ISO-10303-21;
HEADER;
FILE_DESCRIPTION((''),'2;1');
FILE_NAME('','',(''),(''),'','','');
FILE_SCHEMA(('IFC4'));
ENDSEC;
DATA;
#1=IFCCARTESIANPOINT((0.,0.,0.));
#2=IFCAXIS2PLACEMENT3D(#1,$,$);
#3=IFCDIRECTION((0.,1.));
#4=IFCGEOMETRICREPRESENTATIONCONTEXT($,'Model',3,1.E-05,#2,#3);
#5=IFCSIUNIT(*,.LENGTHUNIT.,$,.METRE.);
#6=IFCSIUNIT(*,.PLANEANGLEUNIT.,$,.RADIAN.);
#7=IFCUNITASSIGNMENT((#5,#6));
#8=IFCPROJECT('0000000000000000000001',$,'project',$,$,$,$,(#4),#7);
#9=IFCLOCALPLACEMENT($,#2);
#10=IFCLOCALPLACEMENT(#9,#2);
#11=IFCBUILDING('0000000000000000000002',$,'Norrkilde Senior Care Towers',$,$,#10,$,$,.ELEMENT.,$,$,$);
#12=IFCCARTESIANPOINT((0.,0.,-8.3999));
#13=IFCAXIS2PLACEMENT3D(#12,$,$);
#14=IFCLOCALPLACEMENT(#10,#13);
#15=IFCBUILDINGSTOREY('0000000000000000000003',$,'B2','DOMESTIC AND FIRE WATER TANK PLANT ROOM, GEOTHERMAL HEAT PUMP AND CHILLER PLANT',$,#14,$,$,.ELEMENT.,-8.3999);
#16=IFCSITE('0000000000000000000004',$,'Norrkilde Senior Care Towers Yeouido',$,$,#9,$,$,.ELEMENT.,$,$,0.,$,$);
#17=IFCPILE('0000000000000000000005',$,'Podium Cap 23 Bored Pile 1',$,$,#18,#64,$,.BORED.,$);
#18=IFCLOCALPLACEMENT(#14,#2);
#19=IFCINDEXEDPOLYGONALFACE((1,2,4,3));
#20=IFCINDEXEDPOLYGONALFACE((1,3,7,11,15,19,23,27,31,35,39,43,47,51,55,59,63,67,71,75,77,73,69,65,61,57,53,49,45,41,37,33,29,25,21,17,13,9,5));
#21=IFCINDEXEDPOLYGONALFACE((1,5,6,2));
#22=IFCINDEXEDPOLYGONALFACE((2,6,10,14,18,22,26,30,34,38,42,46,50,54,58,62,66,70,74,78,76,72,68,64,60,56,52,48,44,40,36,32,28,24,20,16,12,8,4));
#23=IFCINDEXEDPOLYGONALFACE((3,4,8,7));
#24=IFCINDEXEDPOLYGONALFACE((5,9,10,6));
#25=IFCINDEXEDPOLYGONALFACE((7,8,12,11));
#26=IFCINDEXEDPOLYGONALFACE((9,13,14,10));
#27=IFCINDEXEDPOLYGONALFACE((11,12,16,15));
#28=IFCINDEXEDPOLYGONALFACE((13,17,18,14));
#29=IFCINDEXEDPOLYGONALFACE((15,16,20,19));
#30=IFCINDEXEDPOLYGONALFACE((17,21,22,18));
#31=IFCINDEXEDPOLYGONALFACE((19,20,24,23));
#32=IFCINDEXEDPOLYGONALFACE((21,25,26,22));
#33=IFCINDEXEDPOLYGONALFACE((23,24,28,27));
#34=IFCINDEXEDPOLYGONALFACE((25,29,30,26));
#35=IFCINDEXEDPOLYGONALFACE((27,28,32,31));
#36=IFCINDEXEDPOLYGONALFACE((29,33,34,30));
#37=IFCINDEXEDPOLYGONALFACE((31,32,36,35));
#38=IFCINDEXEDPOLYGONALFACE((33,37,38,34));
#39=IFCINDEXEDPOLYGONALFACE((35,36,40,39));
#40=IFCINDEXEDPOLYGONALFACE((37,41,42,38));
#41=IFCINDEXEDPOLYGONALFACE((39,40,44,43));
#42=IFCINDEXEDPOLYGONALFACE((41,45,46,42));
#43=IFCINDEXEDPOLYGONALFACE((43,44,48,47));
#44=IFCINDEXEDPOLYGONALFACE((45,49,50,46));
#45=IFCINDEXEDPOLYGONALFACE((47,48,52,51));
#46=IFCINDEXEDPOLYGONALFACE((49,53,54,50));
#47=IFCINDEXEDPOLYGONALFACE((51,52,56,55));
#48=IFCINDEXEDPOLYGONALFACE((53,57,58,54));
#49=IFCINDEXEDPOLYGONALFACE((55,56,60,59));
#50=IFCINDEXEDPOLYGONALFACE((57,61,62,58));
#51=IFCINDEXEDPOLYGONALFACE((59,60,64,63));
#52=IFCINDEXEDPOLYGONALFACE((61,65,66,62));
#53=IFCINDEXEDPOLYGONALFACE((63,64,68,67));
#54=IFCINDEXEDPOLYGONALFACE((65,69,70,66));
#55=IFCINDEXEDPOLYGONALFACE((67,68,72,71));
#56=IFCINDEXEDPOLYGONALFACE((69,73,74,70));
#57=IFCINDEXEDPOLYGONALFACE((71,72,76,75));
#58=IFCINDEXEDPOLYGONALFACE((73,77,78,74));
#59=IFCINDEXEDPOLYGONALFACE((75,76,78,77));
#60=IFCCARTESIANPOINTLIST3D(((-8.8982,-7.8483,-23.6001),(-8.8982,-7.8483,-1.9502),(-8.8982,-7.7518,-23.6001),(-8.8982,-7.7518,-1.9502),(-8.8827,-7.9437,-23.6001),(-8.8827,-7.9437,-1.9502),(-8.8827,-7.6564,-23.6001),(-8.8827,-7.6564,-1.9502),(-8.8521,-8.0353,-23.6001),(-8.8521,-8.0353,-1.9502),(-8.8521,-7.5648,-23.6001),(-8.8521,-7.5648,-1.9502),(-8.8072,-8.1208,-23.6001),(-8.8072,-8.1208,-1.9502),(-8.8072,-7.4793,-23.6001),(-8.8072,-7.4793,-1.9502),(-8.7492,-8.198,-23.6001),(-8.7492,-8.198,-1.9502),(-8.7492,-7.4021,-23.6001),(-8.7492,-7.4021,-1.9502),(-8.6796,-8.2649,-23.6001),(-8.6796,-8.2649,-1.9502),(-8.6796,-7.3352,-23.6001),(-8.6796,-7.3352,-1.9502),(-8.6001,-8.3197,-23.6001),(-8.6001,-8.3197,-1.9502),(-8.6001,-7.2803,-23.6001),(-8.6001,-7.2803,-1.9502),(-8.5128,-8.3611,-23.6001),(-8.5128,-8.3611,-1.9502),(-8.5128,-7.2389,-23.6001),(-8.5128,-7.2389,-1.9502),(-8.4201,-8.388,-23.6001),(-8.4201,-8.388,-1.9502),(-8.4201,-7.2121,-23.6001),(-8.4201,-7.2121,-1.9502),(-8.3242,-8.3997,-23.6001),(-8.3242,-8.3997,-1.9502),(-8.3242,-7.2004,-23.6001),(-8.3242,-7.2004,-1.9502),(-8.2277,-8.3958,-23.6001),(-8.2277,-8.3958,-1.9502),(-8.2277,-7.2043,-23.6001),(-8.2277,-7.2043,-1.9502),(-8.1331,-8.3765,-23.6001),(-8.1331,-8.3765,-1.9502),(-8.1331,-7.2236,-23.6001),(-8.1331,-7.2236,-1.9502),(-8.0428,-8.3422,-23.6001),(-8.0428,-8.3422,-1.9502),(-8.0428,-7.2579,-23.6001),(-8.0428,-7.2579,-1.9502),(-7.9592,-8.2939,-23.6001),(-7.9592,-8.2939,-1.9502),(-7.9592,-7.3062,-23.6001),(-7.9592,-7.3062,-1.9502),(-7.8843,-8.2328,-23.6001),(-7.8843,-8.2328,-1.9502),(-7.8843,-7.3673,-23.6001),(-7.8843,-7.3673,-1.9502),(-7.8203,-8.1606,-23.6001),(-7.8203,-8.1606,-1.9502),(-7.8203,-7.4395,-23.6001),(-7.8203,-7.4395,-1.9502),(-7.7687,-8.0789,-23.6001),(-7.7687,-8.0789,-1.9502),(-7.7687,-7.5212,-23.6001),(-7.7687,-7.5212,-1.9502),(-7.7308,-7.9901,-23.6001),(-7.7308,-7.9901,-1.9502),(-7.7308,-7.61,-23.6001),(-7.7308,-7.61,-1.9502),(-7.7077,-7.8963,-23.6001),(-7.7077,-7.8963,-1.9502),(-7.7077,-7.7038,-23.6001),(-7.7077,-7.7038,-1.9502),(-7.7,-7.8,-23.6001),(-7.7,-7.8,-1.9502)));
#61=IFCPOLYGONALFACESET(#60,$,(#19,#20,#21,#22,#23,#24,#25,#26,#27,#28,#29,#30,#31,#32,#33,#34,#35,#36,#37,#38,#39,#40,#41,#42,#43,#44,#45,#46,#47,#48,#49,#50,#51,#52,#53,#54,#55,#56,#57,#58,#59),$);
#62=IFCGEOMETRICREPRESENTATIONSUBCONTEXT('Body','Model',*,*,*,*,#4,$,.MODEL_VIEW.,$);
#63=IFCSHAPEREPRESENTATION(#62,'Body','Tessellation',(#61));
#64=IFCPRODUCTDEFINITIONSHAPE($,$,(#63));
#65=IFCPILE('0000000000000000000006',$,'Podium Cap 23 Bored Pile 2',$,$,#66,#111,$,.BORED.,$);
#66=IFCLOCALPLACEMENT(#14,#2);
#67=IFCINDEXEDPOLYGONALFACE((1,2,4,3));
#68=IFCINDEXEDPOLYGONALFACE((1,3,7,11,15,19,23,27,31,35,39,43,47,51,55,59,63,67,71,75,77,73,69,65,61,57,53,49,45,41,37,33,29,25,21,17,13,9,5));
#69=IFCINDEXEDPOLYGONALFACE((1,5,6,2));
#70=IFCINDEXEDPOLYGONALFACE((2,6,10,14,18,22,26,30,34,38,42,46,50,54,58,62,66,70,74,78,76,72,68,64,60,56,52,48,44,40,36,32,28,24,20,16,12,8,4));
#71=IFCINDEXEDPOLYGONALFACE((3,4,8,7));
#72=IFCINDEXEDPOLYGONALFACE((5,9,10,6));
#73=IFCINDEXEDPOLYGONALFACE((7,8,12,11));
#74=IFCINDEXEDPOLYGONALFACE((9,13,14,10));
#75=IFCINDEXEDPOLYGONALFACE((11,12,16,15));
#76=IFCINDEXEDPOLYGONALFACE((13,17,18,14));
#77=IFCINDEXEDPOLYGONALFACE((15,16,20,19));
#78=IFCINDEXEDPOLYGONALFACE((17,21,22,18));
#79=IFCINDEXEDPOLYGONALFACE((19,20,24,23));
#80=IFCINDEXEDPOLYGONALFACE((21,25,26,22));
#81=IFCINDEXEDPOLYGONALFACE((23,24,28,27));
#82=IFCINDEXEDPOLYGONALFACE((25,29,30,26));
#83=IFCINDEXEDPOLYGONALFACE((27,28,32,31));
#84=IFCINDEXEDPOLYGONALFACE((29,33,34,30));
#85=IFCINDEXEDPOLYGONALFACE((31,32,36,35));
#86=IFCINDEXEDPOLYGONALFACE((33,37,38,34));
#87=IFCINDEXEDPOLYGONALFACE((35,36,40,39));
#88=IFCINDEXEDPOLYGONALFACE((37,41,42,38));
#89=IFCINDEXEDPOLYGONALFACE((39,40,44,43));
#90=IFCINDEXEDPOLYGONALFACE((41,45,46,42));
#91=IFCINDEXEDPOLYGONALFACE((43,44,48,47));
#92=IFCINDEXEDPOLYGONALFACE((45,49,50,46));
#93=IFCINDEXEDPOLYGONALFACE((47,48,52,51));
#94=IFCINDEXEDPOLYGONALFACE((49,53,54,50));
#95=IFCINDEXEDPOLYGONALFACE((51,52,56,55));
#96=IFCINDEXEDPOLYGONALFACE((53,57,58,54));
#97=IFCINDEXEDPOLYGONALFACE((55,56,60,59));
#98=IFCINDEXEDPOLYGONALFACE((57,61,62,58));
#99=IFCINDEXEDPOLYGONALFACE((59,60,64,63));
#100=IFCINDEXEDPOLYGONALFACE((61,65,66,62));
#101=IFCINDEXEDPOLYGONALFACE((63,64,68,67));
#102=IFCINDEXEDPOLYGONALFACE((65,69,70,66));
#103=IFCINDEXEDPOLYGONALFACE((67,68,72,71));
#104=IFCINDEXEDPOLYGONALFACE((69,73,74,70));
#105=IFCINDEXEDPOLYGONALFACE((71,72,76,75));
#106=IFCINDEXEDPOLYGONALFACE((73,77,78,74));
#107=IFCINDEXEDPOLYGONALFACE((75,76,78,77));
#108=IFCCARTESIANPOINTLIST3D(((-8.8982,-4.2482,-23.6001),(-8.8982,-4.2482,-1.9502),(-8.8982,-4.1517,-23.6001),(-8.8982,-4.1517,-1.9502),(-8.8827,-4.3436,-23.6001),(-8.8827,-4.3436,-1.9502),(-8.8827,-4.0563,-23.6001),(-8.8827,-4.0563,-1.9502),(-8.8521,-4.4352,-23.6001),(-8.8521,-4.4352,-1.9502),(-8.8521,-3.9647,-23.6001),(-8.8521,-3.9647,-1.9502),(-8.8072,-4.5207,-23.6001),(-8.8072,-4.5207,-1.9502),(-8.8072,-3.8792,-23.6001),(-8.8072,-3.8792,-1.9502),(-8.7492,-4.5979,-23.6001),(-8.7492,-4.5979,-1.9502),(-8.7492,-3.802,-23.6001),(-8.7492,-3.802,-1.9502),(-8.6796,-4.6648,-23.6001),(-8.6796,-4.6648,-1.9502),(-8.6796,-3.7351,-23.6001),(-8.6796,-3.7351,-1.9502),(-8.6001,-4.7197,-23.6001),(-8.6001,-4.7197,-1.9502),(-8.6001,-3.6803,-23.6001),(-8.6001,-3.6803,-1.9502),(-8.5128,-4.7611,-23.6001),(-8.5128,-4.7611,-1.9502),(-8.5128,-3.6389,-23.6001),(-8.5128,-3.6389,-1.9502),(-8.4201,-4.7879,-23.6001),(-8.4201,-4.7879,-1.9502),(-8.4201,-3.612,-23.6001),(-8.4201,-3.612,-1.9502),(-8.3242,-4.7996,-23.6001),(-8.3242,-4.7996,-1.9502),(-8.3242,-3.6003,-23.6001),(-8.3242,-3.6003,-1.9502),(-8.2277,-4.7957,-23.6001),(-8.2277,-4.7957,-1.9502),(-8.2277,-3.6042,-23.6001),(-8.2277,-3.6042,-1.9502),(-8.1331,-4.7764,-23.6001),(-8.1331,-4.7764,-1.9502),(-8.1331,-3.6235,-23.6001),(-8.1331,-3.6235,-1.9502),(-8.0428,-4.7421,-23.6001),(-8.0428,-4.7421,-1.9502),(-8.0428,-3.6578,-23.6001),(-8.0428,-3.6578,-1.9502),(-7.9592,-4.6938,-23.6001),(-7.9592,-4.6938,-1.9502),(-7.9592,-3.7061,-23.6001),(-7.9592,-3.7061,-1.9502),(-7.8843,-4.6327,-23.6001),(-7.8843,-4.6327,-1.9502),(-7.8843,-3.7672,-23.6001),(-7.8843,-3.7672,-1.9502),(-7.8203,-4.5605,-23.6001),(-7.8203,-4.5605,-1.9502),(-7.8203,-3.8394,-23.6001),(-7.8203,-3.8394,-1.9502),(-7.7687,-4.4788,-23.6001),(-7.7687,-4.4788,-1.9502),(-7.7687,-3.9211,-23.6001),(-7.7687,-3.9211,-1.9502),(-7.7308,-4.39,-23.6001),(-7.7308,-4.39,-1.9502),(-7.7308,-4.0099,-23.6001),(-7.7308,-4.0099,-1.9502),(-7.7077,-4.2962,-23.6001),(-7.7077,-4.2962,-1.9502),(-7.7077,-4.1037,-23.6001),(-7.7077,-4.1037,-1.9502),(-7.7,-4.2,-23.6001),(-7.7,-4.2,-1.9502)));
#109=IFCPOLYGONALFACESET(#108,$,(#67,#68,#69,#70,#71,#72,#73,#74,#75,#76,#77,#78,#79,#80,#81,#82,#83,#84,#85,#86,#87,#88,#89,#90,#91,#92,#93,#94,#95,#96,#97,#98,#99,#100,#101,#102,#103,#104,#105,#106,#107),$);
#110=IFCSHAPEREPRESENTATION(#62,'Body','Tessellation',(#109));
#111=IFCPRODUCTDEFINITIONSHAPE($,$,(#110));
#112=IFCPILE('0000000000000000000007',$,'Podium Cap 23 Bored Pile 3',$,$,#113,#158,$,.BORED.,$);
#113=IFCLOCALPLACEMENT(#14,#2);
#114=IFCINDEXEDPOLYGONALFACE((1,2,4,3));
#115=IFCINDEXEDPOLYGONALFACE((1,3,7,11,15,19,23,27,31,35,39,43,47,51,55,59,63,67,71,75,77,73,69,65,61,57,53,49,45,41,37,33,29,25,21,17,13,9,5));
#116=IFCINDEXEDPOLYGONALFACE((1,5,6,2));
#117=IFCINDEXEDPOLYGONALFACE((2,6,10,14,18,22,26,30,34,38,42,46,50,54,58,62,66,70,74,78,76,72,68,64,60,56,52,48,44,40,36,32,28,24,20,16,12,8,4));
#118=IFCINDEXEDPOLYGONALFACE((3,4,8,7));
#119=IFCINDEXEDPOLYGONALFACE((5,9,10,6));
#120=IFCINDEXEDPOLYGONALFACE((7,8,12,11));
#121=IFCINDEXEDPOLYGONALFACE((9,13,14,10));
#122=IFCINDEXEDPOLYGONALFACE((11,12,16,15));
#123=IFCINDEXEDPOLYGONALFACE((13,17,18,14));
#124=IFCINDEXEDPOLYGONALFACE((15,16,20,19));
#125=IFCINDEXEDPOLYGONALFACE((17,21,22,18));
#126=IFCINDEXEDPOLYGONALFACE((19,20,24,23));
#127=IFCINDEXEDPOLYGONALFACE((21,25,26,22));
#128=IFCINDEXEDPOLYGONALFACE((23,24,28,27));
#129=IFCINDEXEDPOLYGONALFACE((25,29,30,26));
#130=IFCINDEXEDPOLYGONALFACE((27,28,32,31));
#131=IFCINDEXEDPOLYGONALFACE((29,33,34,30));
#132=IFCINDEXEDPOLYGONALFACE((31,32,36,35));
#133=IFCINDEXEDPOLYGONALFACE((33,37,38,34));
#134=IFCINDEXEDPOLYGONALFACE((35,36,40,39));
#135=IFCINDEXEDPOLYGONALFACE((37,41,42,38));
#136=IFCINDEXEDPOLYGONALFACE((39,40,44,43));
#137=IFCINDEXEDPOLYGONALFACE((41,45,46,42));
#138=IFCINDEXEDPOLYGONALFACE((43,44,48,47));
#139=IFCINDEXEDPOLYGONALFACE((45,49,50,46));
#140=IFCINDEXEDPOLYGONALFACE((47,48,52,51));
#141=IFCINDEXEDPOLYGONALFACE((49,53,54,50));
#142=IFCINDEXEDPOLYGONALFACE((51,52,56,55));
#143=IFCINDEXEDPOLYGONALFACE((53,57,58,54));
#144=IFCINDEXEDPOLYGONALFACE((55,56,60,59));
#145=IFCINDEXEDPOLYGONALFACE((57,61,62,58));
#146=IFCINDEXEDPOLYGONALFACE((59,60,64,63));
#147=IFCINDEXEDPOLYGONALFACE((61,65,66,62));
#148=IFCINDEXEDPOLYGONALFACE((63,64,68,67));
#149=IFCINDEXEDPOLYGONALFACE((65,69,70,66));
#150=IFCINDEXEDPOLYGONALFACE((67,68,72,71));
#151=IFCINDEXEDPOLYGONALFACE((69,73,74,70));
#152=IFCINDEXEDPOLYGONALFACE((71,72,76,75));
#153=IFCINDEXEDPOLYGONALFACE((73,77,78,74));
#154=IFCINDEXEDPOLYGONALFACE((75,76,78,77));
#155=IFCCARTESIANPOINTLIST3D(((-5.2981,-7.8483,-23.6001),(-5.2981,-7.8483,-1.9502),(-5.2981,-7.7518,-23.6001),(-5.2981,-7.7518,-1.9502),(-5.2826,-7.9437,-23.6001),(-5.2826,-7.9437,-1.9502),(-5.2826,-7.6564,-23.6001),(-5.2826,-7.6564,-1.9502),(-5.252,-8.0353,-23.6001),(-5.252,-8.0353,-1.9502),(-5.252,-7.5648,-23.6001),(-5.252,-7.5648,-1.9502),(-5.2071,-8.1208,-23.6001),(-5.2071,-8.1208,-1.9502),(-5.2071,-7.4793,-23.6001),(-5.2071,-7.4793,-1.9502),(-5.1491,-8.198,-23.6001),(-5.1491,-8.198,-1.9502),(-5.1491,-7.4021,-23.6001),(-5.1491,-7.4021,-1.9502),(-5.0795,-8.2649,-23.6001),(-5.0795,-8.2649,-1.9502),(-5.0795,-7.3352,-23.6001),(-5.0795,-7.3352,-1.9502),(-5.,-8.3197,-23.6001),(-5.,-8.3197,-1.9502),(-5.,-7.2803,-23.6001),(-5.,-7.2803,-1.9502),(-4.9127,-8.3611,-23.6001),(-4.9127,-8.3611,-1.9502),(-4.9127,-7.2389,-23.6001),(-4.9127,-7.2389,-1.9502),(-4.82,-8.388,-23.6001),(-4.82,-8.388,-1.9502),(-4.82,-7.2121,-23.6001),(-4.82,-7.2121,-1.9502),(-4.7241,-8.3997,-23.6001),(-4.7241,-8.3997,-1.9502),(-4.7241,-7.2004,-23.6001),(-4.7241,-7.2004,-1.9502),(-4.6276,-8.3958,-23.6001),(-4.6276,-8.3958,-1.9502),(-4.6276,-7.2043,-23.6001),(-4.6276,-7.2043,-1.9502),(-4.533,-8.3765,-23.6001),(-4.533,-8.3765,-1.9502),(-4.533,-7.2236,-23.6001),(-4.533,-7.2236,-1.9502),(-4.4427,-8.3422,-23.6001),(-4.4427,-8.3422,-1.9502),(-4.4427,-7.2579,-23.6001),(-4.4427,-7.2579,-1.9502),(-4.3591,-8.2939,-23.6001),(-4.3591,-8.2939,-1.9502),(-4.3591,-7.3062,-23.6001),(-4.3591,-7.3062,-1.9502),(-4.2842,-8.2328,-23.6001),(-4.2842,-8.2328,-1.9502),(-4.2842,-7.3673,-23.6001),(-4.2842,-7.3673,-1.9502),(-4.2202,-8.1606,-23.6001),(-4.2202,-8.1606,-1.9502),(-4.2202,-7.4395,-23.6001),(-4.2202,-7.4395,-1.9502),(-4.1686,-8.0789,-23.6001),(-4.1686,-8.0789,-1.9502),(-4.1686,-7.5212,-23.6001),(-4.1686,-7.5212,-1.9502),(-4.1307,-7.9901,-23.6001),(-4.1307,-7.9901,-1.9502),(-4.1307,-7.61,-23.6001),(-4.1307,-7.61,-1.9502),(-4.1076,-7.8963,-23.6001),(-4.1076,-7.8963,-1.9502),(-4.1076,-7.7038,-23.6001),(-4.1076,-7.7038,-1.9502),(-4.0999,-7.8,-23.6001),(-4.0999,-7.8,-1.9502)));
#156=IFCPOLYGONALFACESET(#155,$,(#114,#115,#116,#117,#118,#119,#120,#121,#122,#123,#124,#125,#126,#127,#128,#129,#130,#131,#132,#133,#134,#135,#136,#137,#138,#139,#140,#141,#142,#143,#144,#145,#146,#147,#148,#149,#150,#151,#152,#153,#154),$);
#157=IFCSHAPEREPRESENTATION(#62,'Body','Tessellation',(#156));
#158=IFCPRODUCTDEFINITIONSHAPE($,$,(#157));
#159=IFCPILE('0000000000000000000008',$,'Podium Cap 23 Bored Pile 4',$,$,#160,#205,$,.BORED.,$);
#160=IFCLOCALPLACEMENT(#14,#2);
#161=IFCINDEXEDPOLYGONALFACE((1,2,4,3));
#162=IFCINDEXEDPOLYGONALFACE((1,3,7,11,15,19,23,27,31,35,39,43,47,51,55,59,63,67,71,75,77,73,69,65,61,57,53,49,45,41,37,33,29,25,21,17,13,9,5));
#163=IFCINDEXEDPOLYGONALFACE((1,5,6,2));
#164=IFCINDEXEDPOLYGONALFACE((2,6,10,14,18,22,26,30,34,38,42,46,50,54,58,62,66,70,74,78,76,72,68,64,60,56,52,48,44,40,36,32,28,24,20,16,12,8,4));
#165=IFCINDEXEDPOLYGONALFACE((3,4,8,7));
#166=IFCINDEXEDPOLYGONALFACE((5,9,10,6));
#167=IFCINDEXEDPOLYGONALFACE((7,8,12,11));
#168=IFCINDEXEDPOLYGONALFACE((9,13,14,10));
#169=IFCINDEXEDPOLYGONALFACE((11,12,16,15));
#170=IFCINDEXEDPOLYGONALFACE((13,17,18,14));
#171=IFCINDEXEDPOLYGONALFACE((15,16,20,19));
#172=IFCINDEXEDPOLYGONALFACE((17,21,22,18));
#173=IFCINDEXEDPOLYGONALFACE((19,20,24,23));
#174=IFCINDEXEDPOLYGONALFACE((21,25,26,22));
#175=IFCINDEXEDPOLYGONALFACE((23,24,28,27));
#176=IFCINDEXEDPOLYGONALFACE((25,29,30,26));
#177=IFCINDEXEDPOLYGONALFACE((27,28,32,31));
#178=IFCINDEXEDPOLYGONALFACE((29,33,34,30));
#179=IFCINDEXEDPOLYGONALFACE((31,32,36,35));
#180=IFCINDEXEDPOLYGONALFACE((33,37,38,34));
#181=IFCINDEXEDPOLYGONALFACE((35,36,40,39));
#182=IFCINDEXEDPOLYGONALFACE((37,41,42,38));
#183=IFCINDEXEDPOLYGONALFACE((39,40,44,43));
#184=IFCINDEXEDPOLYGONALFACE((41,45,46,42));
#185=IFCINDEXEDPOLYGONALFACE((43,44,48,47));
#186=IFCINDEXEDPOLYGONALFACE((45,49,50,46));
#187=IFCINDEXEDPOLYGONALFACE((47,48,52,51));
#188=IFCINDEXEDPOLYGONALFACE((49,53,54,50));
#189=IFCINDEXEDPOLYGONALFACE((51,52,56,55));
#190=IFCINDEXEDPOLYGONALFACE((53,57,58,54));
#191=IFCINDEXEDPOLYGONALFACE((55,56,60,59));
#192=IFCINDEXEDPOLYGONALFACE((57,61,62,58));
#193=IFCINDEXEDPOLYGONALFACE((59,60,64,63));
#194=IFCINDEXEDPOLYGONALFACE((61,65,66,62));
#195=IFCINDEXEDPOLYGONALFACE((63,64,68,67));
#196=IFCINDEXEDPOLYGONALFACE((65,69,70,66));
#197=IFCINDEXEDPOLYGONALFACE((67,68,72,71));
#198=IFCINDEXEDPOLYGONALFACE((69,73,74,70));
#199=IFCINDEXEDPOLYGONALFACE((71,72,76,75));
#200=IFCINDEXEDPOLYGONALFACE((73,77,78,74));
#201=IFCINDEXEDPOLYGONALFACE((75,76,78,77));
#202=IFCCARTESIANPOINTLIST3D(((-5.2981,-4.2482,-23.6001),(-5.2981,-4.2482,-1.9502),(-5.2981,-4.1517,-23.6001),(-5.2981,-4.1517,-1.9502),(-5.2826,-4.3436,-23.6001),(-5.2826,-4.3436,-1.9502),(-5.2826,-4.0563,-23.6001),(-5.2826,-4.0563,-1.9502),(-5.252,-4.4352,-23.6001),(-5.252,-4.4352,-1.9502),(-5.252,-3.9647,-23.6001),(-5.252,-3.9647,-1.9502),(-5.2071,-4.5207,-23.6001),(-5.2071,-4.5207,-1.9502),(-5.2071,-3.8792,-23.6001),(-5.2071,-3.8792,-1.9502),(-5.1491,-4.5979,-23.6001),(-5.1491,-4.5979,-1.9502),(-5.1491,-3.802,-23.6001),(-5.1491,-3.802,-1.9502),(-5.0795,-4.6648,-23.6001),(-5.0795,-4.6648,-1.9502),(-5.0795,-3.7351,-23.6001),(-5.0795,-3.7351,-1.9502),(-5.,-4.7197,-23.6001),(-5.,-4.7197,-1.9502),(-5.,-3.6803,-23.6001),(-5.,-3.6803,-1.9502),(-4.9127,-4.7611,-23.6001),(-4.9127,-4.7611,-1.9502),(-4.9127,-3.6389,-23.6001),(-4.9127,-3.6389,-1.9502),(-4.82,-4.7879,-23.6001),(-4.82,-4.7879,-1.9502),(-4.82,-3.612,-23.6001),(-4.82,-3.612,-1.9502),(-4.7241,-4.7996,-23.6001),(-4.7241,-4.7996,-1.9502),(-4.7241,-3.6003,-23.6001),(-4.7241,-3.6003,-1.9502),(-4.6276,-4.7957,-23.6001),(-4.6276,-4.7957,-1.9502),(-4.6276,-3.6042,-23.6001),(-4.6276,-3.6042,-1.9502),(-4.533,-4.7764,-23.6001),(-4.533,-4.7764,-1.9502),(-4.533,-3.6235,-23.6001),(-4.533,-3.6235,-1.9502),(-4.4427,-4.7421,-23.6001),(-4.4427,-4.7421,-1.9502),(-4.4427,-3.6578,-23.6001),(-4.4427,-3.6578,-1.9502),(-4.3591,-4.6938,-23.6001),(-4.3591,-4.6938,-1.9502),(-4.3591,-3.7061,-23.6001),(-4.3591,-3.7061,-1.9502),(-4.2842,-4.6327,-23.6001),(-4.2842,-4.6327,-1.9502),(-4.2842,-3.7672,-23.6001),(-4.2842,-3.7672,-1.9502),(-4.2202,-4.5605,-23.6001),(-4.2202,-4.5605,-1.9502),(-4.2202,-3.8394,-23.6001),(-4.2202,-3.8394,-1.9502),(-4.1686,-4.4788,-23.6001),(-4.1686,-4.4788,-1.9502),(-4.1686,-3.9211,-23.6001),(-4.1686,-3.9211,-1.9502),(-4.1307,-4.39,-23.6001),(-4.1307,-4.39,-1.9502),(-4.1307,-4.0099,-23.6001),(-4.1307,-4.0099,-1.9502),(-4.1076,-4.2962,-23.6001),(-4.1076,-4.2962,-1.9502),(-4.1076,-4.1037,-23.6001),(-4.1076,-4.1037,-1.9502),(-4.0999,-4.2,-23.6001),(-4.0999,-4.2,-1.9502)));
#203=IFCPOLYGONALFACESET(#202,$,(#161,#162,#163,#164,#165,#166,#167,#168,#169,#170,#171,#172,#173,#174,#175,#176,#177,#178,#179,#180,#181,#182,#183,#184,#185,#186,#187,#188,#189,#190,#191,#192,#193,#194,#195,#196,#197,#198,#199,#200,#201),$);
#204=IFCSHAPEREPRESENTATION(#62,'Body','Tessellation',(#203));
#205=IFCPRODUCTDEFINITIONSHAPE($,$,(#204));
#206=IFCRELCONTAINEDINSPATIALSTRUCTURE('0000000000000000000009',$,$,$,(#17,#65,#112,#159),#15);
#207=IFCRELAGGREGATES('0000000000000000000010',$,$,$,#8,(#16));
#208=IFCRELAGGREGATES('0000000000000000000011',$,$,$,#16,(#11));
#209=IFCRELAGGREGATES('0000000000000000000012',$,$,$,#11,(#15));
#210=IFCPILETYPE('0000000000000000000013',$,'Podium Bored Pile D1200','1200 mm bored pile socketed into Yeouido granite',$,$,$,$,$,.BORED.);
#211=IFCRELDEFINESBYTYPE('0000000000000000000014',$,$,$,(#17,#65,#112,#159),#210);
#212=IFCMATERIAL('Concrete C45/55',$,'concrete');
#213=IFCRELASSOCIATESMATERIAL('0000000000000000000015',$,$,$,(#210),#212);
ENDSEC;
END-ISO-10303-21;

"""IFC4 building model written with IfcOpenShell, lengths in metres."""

from ifc_helpers import new_model, si_unit, direction, frame, origin, origin_2d, place, context, subcontext, project, spatial, circle, extrude, source, transform, mapped, material, material_profile, profile_set, type_object, type_shapes, element, save


model = new_model("IFC4")

# Units and contexts
model_context = context("Model", 3, precision=1e-05, world=origin(), true_north=direction((0.0, 1.0)))
body_context = subcontext(model_context, "Body", "Model", "MODEL_VIEW")
ifc_project = project(units=[si_unit("LENGTHUNIT", "METRE"), si_unit("PLANEANGLEUNIT", "RADIAN")], contexts=[model_context])

# Site, building, storey
site_placement = place(None, origin())
site = spatial("IfcSite", under=ifc_project, at=site_placement, Name="Norrkilde Senior Care Towers Yeouido", CompositionType="ELEMENT", RefElevation=0.0)
building_placement = place(site_placement, origin())
building = spatial("IfcBuilding", under=site, at=building_placement, Name="Norrkilde Senior Care Towers", CompositionType="ELEMENT")
storey_placement = place(building_placement, frame((0.0, 0.0, -8.3999)))
storey = spatial("IfcBuildingStorey", under=building, at=storey_placement, Name="B2", Description="DOMESTIC AND FIRE WATER TANK PLANT ROOM, GEOTHERMAL HEAT PUMP AND CHILLER PLANT", CompositionType="ELEMENT", Elevation=-8.3999)

# Piles
ifc_material_1 = material(Name="Concrete C45/55", Category="concrete")
ifc_material_profile_1 = material_profile(ifc_material_1, circle(Radius=0.6001, at=origin_2d()), Name="BORED PILE 1200")
ifc_profile_set_1 = profile_set([ifc_material_profile_1], Name="Concrete C45/55")
pile_type_1 = type_object("IfcPileType", Name="Podium Bored Pile D1200", Description="1200 mm bored pile socketed into Yeouido granite", PredefinedType="BORED", material=ifc_profile_set_1)
shared_shape_1 = source(origin(), body_context, "Body", "SweptSolid", [
    extrude(circle(Radius=0.6001, at=origin_2d()), origin(), (0.0, 0.0, 1.0), 21.6499),
])
type_shapes(pile_type_1, [shared_shape_1])
for number, where, z_axis, x_axis, name in (
    (1, (-8.3, -7.8, -1.9502), (0.0, 0.0, -1.0), (1.0, 0.0, 0.0), "Podium Cap 23 Bored Pile 1"),
    (2, (-8.3, -4.2, -1.9502), (0.0, 0.0, -1.0), (1.0, 0.0, 0.0), "Podium Cap 23 Bored Pile 2"),
    (3, (-4.7, -7.8, -1.9502), (0.0, 0.0, -1.0), (1.0, 0.0, 0.0), "Podium Cap 23 Bored Pile 3"),
    (4, (-4.7, -4.2, -1.9502), (0.0, 0.0, -1.0), (1.0, 0.0, 0.0), "Podium Cap 23 Bored Pile 4"),
):
    element("IfcPile", number, at=place(storey_placement, frame(where, z_axis=z_axis, x_axis=x_axis)), inside=storey, type_object=pile_type_1, Name=name, PredefinedType="BORED", context=body_context, shape_type="MappedRepresentation", body=[
        mapped(shared_shape_1, transform((0.0, 0.0, 0.0), x_axis=(1.0, 0.0, 0.0), y_axis=(0.0, 1.0, 0.0), z_axis=(0.0, 0.0, 1.0), scale=1.0)),
    ])

save(model, "model.ifc")
